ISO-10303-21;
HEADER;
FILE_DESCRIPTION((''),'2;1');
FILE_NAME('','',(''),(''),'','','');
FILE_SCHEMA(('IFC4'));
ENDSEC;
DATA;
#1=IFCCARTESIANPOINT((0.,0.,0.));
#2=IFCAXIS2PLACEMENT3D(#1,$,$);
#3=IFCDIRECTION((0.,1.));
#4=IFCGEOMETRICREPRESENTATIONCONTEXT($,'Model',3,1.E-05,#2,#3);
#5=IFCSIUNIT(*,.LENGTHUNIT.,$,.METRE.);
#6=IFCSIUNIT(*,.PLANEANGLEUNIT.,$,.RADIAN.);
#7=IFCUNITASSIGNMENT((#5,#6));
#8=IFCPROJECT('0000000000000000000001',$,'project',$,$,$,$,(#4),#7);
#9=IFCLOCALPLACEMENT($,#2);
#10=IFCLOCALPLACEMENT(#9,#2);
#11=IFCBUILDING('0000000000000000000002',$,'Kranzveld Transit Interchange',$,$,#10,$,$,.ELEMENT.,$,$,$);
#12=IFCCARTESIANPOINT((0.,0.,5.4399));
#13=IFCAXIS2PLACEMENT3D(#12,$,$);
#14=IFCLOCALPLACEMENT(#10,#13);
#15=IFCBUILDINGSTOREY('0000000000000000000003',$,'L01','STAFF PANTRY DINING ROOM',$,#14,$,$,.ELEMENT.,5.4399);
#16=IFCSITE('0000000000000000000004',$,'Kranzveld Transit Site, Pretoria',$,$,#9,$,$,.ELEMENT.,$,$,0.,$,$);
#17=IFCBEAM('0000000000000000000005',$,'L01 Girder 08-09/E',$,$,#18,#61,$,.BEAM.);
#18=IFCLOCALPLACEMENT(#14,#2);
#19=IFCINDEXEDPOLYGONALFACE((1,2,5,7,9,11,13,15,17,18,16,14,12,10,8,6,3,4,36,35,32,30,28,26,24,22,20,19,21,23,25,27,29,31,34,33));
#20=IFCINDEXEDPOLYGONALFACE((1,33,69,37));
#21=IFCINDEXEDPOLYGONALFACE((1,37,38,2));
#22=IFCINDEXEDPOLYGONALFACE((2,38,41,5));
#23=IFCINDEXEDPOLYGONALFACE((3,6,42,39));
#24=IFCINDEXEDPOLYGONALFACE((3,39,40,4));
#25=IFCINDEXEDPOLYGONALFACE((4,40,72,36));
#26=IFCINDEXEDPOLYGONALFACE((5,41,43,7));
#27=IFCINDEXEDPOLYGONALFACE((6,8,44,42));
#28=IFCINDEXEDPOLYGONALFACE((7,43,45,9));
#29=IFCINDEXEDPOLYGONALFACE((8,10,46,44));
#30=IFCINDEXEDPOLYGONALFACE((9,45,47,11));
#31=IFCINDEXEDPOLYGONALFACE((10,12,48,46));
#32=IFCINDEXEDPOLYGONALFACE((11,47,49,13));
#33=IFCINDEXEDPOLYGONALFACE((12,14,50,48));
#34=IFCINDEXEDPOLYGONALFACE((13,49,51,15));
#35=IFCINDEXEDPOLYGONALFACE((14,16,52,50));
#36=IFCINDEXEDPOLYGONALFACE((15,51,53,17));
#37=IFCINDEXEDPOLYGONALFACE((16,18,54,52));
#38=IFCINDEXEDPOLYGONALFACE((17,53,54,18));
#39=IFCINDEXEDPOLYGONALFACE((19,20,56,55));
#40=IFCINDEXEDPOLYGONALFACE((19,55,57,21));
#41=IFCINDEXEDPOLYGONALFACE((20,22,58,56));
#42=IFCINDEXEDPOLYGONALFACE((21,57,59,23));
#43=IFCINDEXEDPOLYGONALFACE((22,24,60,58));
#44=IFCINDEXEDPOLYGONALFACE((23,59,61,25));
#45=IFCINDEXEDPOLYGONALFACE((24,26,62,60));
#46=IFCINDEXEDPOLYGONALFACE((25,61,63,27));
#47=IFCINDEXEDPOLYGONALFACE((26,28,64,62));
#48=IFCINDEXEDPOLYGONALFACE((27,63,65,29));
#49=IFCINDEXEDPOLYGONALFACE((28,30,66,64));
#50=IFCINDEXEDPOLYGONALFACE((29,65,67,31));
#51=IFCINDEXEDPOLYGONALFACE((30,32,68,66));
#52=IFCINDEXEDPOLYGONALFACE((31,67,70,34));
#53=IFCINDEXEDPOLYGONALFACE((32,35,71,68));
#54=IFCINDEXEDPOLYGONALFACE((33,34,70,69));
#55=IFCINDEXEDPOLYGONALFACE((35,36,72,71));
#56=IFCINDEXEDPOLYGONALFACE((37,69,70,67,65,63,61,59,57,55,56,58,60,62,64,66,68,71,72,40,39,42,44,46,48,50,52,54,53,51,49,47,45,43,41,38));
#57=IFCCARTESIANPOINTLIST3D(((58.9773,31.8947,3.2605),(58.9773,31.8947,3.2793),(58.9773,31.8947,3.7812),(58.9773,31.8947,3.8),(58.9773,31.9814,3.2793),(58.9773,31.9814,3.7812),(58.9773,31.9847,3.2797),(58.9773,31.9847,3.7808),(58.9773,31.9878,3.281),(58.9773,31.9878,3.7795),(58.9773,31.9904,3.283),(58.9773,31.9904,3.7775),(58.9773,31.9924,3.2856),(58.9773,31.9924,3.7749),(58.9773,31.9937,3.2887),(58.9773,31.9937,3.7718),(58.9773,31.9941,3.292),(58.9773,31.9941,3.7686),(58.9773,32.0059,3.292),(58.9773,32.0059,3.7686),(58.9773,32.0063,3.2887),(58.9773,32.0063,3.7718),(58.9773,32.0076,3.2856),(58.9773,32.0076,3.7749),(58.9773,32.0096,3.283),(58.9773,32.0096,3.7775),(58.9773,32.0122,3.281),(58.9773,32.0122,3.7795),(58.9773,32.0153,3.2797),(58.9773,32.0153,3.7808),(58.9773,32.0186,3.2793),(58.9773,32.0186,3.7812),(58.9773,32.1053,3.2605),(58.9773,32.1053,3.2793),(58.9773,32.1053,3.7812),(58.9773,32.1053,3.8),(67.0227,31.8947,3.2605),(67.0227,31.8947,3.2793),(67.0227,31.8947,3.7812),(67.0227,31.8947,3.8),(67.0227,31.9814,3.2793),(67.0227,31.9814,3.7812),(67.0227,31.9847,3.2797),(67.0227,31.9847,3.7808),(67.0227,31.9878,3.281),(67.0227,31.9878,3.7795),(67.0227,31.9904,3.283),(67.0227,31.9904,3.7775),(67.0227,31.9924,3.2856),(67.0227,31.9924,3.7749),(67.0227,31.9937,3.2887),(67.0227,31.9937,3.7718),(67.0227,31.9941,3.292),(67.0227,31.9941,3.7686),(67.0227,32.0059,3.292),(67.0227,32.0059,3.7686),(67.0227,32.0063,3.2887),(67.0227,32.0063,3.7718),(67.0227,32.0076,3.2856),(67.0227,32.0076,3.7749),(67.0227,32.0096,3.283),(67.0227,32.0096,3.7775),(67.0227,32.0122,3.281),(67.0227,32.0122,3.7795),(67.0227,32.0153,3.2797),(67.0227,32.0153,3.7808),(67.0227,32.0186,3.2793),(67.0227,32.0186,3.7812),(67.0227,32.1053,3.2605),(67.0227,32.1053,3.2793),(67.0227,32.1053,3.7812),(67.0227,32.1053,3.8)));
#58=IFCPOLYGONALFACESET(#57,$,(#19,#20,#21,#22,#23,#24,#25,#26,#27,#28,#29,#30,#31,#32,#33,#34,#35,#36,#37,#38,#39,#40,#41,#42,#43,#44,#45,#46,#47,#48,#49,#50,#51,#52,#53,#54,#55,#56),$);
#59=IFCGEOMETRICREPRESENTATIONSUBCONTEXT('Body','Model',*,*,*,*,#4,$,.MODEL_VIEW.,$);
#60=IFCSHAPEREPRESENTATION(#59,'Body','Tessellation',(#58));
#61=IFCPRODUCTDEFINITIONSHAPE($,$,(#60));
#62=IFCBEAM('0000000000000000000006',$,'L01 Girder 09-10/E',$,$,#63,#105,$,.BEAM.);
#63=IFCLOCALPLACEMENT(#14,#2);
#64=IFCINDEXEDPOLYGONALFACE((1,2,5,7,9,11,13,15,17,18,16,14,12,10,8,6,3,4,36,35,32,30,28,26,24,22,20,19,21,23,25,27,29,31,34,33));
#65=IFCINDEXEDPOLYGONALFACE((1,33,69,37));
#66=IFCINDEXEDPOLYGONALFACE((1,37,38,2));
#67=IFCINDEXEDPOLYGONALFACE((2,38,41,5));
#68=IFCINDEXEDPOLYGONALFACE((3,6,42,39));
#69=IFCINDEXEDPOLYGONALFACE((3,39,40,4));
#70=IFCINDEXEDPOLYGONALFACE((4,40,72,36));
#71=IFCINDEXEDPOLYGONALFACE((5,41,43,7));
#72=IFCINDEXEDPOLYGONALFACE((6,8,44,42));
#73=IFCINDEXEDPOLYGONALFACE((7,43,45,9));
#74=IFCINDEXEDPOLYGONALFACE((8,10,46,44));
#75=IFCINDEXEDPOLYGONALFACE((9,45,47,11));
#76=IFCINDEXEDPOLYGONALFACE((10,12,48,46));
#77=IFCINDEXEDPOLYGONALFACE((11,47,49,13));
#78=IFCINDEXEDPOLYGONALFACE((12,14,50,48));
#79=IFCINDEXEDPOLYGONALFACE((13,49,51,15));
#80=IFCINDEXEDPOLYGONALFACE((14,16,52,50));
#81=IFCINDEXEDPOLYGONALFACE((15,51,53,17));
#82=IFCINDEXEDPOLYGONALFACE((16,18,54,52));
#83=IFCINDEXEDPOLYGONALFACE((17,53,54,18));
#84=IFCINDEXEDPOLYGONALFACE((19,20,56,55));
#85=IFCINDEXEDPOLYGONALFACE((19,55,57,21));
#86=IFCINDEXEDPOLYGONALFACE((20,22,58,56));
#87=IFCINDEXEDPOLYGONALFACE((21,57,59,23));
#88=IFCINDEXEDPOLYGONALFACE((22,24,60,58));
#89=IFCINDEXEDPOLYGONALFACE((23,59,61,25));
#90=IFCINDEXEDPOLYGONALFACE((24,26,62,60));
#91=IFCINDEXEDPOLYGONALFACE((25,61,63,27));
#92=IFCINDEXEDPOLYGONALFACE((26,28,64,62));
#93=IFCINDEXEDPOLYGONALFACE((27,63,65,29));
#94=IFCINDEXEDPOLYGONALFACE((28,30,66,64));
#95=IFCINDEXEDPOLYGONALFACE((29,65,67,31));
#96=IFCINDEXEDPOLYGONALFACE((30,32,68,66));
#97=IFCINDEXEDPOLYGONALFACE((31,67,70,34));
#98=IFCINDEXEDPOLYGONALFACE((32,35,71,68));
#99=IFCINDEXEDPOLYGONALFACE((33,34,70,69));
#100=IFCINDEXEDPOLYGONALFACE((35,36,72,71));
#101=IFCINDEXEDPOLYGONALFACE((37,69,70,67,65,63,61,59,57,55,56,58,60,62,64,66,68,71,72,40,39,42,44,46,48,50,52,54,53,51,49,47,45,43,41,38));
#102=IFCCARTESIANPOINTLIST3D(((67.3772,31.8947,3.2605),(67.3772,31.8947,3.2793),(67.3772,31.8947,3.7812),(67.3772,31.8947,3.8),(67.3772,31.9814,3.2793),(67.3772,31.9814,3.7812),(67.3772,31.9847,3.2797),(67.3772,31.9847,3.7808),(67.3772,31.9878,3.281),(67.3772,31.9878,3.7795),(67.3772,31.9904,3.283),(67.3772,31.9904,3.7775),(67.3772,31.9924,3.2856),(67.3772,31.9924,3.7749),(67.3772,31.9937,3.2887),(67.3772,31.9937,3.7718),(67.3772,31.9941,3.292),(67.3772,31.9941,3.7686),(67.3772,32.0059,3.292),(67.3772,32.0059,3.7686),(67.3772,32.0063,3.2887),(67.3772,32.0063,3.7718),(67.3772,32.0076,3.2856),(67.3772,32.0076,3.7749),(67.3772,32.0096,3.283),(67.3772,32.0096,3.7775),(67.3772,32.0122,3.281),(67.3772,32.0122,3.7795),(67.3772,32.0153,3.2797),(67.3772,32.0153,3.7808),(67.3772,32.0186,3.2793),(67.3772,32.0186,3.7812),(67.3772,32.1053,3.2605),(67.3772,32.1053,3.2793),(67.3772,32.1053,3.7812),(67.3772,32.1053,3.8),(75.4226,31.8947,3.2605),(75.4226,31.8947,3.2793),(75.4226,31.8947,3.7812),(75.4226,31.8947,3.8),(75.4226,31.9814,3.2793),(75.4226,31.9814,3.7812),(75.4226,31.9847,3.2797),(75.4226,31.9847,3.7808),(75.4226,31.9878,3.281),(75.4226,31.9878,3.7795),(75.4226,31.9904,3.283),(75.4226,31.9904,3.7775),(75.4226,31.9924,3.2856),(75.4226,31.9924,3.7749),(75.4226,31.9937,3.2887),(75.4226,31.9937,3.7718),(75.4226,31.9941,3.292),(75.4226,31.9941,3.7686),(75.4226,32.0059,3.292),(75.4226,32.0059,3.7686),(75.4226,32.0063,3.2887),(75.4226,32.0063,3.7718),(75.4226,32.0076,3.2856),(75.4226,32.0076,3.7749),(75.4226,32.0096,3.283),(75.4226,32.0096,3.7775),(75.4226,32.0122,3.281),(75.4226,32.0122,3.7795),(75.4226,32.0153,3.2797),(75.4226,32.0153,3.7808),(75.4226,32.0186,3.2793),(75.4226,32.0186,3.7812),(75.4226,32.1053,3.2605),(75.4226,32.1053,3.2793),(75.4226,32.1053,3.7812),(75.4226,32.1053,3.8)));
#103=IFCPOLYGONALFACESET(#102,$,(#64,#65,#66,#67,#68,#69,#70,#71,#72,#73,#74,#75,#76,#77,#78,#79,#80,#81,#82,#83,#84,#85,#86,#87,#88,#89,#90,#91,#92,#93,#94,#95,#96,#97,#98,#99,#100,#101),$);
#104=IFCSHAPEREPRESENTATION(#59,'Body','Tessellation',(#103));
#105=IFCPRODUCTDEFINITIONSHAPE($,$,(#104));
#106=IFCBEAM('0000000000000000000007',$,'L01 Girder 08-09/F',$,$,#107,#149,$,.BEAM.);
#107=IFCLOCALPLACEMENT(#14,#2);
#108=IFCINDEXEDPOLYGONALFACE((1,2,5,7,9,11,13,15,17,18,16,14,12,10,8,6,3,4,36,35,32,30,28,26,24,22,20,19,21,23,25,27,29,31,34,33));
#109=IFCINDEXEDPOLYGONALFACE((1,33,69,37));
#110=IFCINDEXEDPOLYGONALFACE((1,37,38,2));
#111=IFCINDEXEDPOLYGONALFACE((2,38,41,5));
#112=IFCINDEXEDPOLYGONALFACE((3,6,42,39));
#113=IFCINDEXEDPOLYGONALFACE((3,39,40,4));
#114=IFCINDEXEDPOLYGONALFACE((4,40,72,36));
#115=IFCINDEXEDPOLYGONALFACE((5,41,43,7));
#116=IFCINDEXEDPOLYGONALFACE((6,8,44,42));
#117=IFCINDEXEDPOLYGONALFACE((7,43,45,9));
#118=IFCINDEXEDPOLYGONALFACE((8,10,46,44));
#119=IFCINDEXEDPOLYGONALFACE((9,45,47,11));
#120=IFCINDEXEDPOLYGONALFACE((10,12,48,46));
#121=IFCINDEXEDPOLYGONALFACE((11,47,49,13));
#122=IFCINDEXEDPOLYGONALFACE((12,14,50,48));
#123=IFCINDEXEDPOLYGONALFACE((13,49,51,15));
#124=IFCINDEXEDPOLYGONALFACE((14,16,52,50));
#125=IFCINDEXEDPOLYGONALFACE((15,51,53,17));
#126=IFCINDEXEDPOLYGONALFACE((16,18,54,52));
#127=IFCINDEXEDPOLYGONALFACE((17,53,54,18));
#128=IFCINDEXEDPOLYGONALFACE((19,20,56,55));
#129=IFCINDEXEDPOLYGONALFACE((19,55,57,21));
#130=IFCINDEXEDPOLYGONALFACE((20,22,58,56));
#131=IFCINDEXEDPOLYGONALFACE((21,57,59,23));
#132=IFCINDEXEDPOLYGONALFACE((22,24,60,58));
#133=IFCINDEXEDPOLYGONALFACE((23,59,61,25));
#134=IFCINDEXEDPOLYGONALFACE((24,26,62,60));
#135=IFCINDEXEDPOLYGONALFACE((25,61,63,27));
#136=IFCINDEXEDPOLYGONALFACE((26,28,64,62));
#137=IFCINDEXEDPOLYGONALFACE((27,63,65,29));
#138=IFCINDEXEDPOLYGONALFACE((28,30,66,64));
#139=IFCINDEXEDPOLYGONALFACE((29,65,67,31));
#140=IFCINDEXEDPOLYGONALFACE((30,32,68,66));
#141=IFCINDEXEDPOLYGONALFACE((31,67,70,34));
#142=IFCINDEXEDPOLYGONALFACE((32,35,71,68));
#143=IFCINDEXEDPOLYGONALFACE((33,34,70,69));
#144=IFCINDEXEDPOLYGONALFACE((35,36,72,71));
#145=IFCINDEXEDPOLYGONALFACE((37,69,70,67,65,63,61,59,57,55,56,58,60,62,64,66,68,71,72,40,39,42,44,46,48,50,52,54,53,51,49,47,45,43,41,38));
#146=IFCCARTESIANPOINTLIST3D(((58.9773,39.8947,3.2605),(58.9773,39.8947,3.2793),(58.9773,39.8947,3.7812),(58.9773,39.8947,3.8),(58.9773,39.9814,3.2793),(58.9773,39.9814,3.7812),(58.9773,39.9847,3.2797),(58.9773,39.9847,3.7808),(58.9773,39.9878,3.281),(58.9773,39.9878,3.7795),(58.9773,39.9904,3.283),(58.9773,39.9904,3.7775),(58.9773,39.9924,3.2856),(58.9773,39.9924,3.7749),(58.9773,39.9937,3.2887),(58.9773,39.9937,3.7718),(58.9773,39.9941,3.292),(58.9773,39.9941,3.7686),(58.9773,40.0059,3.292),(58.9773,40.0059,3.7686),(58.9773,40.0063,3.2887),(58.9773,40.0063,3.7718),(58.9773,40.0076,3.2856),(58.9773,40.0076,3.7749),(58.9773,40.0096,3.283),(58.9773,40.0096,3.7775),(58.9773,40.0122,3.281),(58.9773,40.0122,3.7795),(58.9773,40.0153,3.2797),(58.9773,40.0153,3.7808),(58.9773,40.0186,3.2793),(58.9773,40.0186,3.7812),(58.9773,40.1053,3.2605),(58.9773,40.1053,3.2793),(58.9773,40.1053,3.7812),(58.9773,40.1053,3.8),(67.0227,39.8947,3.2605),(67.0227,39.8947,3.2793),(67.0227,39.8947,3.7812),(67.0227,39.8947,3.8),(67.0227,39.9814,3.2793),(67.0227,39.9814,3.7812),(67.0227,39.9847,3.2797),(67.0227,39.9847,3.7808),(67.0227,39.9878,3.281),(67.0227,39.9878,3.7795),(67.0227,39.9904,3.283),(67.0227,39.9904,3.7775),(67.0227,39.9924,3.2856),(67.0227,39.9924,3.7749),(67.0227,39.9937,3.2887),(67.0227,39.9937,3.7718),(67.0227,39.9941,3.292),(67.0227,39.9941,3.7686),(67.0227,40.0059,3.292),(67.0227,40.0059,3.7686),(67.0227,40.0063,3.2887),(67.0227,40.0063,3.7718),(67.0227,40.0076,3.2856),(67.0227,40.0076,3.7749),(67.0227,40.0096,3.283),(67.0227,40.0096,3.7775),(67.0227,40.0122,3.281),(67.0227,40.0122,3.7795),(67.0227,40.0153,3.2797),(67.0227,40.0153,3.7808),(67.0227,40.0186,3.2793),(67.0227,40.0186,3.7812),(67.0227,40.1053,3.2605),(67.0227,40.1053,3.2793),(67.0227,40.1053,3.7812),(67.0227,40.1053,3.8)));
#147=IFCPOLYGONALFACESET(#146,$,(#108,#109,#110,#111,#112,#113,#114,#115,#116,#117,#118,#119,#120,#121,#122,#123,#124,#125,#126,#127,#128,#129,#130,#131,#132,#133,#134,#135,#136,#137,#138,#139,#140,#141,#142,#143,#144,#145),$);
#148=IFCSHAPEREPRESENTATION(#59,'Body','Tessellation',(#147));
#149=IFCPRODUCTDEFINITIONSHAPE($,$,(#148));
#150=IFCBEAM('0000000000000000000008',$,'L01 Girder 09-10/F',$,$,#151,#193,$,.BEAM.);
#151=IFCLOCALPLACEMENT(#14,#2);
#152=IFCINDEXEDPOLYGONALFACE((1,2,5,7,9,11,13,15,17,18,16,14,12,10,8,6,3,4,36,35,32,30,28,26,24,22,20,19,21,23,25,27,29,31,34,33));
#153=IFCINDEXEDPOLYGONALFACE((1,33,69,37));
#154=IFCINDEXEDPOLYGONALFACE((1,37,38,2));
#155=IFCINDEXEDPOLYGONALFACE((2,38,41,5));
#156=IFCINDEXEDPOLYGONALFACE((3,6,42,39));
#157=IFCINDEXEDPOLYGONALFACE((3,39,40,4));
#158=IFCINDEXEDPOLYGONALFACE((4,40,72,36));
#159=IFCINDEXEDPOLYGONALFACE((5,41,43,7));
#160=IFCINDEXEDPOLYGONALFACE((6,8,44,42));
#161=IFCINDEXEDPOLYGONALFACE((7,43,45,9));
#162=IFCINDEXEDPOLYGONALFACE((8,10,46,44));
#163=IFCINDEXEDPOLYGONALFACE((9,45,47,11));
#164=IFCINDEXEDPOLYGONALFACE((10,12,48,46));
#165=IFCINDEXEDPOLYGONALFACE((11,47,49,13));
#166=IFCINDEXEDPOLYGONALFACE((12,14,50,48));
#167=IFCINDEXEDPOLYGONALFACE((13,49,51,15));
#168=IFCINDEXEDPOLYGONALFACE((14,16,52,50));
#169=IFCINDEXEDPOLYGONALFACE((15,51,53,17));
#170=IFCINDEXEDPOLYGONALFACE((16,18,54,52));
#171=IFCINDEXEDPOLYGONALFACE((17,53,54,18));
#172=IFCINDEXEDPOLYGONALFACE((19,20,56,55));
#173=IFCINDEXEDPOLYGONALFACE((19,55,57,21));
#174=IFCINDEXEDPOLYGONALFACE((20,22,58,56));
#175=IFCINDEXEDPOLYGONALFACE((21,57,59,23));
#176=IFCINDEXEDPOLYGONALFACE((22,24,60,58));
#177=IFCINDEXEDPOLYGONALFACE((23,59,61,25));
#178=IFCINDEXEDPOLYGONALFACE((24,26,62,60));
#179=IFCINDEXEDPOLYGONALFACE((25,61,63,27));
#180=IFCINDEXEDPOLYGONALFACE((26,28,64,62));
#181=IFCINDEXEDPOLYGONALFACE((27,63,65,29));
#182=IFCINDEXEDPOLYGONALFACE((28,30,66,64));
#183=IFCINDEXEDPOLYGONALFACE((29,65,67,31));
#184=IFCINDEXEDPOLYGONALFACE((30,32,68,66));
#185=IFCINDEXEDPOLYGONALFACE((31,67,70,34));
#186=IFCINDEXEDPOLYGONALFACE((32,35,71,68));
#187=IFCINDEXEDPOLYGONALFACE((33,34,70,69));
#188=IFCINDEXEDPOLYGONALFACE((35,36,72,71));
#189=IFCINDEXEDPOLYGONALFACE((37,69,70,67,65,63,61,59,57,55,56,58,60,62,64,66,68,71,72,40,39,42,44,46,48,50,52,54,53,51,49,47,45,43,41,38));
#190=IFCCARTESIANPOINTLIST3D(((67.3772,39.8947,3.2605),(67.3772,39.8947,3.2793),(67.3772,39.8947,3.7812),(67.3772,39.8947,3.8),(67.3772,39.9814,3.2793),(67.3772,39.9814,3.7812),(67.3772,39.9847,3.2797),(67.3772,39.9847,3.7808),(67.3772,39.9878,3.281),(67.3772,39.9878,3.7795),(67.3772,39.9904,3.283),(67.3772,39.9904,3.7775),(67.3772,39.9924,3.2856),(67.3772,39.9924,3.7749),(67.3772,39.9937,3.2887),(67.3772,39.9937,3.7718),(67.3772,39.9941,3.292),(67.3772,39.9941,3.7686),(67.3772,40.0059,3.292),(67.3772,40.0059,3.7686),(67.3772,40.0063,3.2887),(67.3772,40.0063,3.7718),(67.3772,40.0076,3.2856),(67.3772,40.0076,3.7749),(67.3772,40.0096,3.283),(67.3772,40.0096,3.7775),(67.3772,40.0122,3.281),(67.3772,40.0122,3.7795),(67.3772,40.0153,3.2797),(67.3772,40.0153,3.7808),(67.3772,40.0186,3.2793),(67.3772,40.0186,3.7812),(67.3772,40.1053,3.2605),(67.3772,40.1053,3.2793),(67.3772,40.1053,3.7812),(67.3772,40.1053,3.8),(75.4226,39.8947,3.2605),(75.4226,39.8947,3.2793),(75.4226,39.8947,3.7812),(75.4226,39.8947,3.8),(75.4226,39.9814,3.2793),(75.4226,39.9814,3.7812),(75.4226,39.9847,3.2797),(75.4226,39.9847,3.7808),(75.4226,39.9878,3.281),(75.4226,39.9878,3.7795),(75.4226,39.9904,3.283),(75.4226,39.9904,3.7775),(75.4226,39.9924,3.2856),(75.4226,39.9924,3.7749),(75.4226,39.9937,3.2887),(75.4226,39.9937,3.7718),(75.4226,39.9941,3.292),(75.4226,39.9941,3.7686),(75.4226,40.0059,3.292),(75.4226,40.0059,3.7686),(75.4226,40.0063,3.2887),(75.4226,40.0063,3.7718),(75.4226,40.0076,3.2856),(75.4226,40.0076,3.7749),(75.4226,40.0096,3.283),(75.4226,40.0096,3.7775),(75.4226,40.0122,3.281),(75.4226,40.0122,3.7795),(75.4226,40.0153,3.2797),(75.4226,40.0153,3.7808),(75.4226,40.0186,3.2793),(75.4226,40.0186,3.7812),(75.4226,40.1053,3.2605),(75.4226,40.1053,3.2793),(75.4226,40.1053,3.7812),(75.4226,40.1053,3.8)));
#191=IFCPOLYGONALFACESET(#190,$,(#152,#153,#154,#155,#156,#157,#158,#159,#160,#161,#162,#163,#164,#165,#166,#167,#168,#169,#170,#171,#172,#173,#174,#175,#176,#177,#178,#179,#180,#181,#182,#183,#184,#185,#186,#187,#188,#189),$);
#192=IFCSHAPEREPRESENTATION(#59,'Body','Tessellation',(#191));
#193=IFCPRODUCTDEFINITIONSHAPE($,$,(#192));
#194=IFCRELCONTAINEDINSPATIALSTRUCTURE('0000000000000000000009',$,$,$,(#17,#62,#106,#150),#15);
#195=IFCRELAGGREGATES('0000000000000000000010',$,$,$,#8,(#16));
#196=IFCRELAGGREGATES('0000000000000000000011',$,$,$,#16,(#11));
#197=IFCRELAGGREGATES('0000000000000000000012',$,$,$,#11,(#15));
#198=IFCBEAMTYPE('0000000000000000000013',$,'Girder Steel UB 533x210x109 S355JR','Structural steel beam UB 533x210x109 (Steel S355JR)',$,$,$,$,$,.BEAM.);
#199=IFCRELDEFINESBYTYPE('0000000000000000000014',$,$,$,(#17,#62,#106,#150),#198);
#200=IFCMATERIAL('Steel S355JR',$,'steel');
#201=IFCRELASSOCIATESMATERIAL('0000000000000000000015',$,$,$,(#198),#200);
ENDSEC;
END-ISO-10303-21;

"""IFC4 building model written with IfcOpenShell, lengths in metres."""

from ifc_helpers import new_model, si_unit, direction, frame, origin, origin_2d, place, context, subcontext, project, spatial, i_section, extrude, material, material_profile, profile_set, type_object, element, save


model = new_model("IFC4")

# Units and contexts
model_context = context("Model", 3, precision=1e-05, world=origin(), true_north=direction((0.0, 1.0)))
body_context = subcontext(model_context, "Body", "Model", "MODEL_VIEW")
ifc_project = project(units=[si_unit("LENGTHUNIT", "METRE"), si_unit("PLANEANGLEUNIT", "RADIAN")], contexts=[model_context])

# Site, building, storey
site_placement = place(None, origin())
site = spatial("IfcSite", under=ifc_project, at=site_placement, Name="Kranzveld Transit Site, Pretoria", CompositionType="ELEMENT", RefElevation=0.0)
building_placement = place(site_placement, origin())
building = spatial("IfcBuilding", under=site, at=building_placement, Name="Kranzveld Transit Interchange", CompositionType="ELEMENT")
storey_placement = place(building_placement, frame((0.0, 0.0, 5.4399)))
storey = spatial("IfcBuildingStorey", under=building, at=storey_placement, Name="L01", Description="STAFF PANTRY DINING ROOM", CompositionType="ELEMENT", Elevation=5.4399)

# Beams
ifc_material_1 = material(Name="Steel S355JR", Category="steel")
ifc_material_profile_1 = material_profile(ifc_material_1, i_section(OverallWidth=0.2107, OverallDepth=0.5396, WebThickness=0.0117, FlangeThickness=0.0188, FilletRadius=0.0127, at=origin_2d()), Name="UB 533x210x109")
ifc_profile_set_1 = profile_set([ifc_material_profile_1], Name="Steel S355JR")
beam_type_1 = type_object("IfcBeamType", Name="Girder Steel UB 533x210x109 S355JR", Description="Structural steel beam UB 533x210x109 (Steel S355JR)", PredefinedType="BEAM", material=ifc_profile_set_1)
for number, where, z_axis, x_axis, name in (
    (1, (58.9773, 32.0, 3.5303), (1.0, 0.0, 0.0), (0.0, 1.0, 0.0), "L01 Girder 08-09/E"),
    (2, (67.3772, 32.0, 3.5303), (1.0, 0.0, 0.0), (0.0, 1.0, 0.0), "L01 Girder 09-10/E"),
    (3, (58.9773, 40.0, 3.5303), (1.0, 0.0, 0.0), (0.0, 1.0, 0.0), "L01 Girder 08-09/F"),
    (4, (67.3772, 40.0, 3.5303), (1.0, 0.0, 0.0), (0.0, 1.0, 0.0), "L01 Girder 09-10/F"),
):
    element("IfcBeam", number, at=place(storey_placement, frame(where, z_axis=z_axis, x_axis=x_axis)), inside=storey, type_object=beam_type_1, Name=name, PredefinedType="BEAM", context=body_context, shape_type="SweptSolid", body=[
        extrude(i_section(OverallWidth=0.2107, OverallDepth=0.5396, WebThickness=0.0117, FlangeThickness=0.0188, FilletRadius=0.0127, at=origin_2d()), origin(), (0.0, 0.0, 1.0), 8.0454),
    ])

save(model, "model.ifc")
